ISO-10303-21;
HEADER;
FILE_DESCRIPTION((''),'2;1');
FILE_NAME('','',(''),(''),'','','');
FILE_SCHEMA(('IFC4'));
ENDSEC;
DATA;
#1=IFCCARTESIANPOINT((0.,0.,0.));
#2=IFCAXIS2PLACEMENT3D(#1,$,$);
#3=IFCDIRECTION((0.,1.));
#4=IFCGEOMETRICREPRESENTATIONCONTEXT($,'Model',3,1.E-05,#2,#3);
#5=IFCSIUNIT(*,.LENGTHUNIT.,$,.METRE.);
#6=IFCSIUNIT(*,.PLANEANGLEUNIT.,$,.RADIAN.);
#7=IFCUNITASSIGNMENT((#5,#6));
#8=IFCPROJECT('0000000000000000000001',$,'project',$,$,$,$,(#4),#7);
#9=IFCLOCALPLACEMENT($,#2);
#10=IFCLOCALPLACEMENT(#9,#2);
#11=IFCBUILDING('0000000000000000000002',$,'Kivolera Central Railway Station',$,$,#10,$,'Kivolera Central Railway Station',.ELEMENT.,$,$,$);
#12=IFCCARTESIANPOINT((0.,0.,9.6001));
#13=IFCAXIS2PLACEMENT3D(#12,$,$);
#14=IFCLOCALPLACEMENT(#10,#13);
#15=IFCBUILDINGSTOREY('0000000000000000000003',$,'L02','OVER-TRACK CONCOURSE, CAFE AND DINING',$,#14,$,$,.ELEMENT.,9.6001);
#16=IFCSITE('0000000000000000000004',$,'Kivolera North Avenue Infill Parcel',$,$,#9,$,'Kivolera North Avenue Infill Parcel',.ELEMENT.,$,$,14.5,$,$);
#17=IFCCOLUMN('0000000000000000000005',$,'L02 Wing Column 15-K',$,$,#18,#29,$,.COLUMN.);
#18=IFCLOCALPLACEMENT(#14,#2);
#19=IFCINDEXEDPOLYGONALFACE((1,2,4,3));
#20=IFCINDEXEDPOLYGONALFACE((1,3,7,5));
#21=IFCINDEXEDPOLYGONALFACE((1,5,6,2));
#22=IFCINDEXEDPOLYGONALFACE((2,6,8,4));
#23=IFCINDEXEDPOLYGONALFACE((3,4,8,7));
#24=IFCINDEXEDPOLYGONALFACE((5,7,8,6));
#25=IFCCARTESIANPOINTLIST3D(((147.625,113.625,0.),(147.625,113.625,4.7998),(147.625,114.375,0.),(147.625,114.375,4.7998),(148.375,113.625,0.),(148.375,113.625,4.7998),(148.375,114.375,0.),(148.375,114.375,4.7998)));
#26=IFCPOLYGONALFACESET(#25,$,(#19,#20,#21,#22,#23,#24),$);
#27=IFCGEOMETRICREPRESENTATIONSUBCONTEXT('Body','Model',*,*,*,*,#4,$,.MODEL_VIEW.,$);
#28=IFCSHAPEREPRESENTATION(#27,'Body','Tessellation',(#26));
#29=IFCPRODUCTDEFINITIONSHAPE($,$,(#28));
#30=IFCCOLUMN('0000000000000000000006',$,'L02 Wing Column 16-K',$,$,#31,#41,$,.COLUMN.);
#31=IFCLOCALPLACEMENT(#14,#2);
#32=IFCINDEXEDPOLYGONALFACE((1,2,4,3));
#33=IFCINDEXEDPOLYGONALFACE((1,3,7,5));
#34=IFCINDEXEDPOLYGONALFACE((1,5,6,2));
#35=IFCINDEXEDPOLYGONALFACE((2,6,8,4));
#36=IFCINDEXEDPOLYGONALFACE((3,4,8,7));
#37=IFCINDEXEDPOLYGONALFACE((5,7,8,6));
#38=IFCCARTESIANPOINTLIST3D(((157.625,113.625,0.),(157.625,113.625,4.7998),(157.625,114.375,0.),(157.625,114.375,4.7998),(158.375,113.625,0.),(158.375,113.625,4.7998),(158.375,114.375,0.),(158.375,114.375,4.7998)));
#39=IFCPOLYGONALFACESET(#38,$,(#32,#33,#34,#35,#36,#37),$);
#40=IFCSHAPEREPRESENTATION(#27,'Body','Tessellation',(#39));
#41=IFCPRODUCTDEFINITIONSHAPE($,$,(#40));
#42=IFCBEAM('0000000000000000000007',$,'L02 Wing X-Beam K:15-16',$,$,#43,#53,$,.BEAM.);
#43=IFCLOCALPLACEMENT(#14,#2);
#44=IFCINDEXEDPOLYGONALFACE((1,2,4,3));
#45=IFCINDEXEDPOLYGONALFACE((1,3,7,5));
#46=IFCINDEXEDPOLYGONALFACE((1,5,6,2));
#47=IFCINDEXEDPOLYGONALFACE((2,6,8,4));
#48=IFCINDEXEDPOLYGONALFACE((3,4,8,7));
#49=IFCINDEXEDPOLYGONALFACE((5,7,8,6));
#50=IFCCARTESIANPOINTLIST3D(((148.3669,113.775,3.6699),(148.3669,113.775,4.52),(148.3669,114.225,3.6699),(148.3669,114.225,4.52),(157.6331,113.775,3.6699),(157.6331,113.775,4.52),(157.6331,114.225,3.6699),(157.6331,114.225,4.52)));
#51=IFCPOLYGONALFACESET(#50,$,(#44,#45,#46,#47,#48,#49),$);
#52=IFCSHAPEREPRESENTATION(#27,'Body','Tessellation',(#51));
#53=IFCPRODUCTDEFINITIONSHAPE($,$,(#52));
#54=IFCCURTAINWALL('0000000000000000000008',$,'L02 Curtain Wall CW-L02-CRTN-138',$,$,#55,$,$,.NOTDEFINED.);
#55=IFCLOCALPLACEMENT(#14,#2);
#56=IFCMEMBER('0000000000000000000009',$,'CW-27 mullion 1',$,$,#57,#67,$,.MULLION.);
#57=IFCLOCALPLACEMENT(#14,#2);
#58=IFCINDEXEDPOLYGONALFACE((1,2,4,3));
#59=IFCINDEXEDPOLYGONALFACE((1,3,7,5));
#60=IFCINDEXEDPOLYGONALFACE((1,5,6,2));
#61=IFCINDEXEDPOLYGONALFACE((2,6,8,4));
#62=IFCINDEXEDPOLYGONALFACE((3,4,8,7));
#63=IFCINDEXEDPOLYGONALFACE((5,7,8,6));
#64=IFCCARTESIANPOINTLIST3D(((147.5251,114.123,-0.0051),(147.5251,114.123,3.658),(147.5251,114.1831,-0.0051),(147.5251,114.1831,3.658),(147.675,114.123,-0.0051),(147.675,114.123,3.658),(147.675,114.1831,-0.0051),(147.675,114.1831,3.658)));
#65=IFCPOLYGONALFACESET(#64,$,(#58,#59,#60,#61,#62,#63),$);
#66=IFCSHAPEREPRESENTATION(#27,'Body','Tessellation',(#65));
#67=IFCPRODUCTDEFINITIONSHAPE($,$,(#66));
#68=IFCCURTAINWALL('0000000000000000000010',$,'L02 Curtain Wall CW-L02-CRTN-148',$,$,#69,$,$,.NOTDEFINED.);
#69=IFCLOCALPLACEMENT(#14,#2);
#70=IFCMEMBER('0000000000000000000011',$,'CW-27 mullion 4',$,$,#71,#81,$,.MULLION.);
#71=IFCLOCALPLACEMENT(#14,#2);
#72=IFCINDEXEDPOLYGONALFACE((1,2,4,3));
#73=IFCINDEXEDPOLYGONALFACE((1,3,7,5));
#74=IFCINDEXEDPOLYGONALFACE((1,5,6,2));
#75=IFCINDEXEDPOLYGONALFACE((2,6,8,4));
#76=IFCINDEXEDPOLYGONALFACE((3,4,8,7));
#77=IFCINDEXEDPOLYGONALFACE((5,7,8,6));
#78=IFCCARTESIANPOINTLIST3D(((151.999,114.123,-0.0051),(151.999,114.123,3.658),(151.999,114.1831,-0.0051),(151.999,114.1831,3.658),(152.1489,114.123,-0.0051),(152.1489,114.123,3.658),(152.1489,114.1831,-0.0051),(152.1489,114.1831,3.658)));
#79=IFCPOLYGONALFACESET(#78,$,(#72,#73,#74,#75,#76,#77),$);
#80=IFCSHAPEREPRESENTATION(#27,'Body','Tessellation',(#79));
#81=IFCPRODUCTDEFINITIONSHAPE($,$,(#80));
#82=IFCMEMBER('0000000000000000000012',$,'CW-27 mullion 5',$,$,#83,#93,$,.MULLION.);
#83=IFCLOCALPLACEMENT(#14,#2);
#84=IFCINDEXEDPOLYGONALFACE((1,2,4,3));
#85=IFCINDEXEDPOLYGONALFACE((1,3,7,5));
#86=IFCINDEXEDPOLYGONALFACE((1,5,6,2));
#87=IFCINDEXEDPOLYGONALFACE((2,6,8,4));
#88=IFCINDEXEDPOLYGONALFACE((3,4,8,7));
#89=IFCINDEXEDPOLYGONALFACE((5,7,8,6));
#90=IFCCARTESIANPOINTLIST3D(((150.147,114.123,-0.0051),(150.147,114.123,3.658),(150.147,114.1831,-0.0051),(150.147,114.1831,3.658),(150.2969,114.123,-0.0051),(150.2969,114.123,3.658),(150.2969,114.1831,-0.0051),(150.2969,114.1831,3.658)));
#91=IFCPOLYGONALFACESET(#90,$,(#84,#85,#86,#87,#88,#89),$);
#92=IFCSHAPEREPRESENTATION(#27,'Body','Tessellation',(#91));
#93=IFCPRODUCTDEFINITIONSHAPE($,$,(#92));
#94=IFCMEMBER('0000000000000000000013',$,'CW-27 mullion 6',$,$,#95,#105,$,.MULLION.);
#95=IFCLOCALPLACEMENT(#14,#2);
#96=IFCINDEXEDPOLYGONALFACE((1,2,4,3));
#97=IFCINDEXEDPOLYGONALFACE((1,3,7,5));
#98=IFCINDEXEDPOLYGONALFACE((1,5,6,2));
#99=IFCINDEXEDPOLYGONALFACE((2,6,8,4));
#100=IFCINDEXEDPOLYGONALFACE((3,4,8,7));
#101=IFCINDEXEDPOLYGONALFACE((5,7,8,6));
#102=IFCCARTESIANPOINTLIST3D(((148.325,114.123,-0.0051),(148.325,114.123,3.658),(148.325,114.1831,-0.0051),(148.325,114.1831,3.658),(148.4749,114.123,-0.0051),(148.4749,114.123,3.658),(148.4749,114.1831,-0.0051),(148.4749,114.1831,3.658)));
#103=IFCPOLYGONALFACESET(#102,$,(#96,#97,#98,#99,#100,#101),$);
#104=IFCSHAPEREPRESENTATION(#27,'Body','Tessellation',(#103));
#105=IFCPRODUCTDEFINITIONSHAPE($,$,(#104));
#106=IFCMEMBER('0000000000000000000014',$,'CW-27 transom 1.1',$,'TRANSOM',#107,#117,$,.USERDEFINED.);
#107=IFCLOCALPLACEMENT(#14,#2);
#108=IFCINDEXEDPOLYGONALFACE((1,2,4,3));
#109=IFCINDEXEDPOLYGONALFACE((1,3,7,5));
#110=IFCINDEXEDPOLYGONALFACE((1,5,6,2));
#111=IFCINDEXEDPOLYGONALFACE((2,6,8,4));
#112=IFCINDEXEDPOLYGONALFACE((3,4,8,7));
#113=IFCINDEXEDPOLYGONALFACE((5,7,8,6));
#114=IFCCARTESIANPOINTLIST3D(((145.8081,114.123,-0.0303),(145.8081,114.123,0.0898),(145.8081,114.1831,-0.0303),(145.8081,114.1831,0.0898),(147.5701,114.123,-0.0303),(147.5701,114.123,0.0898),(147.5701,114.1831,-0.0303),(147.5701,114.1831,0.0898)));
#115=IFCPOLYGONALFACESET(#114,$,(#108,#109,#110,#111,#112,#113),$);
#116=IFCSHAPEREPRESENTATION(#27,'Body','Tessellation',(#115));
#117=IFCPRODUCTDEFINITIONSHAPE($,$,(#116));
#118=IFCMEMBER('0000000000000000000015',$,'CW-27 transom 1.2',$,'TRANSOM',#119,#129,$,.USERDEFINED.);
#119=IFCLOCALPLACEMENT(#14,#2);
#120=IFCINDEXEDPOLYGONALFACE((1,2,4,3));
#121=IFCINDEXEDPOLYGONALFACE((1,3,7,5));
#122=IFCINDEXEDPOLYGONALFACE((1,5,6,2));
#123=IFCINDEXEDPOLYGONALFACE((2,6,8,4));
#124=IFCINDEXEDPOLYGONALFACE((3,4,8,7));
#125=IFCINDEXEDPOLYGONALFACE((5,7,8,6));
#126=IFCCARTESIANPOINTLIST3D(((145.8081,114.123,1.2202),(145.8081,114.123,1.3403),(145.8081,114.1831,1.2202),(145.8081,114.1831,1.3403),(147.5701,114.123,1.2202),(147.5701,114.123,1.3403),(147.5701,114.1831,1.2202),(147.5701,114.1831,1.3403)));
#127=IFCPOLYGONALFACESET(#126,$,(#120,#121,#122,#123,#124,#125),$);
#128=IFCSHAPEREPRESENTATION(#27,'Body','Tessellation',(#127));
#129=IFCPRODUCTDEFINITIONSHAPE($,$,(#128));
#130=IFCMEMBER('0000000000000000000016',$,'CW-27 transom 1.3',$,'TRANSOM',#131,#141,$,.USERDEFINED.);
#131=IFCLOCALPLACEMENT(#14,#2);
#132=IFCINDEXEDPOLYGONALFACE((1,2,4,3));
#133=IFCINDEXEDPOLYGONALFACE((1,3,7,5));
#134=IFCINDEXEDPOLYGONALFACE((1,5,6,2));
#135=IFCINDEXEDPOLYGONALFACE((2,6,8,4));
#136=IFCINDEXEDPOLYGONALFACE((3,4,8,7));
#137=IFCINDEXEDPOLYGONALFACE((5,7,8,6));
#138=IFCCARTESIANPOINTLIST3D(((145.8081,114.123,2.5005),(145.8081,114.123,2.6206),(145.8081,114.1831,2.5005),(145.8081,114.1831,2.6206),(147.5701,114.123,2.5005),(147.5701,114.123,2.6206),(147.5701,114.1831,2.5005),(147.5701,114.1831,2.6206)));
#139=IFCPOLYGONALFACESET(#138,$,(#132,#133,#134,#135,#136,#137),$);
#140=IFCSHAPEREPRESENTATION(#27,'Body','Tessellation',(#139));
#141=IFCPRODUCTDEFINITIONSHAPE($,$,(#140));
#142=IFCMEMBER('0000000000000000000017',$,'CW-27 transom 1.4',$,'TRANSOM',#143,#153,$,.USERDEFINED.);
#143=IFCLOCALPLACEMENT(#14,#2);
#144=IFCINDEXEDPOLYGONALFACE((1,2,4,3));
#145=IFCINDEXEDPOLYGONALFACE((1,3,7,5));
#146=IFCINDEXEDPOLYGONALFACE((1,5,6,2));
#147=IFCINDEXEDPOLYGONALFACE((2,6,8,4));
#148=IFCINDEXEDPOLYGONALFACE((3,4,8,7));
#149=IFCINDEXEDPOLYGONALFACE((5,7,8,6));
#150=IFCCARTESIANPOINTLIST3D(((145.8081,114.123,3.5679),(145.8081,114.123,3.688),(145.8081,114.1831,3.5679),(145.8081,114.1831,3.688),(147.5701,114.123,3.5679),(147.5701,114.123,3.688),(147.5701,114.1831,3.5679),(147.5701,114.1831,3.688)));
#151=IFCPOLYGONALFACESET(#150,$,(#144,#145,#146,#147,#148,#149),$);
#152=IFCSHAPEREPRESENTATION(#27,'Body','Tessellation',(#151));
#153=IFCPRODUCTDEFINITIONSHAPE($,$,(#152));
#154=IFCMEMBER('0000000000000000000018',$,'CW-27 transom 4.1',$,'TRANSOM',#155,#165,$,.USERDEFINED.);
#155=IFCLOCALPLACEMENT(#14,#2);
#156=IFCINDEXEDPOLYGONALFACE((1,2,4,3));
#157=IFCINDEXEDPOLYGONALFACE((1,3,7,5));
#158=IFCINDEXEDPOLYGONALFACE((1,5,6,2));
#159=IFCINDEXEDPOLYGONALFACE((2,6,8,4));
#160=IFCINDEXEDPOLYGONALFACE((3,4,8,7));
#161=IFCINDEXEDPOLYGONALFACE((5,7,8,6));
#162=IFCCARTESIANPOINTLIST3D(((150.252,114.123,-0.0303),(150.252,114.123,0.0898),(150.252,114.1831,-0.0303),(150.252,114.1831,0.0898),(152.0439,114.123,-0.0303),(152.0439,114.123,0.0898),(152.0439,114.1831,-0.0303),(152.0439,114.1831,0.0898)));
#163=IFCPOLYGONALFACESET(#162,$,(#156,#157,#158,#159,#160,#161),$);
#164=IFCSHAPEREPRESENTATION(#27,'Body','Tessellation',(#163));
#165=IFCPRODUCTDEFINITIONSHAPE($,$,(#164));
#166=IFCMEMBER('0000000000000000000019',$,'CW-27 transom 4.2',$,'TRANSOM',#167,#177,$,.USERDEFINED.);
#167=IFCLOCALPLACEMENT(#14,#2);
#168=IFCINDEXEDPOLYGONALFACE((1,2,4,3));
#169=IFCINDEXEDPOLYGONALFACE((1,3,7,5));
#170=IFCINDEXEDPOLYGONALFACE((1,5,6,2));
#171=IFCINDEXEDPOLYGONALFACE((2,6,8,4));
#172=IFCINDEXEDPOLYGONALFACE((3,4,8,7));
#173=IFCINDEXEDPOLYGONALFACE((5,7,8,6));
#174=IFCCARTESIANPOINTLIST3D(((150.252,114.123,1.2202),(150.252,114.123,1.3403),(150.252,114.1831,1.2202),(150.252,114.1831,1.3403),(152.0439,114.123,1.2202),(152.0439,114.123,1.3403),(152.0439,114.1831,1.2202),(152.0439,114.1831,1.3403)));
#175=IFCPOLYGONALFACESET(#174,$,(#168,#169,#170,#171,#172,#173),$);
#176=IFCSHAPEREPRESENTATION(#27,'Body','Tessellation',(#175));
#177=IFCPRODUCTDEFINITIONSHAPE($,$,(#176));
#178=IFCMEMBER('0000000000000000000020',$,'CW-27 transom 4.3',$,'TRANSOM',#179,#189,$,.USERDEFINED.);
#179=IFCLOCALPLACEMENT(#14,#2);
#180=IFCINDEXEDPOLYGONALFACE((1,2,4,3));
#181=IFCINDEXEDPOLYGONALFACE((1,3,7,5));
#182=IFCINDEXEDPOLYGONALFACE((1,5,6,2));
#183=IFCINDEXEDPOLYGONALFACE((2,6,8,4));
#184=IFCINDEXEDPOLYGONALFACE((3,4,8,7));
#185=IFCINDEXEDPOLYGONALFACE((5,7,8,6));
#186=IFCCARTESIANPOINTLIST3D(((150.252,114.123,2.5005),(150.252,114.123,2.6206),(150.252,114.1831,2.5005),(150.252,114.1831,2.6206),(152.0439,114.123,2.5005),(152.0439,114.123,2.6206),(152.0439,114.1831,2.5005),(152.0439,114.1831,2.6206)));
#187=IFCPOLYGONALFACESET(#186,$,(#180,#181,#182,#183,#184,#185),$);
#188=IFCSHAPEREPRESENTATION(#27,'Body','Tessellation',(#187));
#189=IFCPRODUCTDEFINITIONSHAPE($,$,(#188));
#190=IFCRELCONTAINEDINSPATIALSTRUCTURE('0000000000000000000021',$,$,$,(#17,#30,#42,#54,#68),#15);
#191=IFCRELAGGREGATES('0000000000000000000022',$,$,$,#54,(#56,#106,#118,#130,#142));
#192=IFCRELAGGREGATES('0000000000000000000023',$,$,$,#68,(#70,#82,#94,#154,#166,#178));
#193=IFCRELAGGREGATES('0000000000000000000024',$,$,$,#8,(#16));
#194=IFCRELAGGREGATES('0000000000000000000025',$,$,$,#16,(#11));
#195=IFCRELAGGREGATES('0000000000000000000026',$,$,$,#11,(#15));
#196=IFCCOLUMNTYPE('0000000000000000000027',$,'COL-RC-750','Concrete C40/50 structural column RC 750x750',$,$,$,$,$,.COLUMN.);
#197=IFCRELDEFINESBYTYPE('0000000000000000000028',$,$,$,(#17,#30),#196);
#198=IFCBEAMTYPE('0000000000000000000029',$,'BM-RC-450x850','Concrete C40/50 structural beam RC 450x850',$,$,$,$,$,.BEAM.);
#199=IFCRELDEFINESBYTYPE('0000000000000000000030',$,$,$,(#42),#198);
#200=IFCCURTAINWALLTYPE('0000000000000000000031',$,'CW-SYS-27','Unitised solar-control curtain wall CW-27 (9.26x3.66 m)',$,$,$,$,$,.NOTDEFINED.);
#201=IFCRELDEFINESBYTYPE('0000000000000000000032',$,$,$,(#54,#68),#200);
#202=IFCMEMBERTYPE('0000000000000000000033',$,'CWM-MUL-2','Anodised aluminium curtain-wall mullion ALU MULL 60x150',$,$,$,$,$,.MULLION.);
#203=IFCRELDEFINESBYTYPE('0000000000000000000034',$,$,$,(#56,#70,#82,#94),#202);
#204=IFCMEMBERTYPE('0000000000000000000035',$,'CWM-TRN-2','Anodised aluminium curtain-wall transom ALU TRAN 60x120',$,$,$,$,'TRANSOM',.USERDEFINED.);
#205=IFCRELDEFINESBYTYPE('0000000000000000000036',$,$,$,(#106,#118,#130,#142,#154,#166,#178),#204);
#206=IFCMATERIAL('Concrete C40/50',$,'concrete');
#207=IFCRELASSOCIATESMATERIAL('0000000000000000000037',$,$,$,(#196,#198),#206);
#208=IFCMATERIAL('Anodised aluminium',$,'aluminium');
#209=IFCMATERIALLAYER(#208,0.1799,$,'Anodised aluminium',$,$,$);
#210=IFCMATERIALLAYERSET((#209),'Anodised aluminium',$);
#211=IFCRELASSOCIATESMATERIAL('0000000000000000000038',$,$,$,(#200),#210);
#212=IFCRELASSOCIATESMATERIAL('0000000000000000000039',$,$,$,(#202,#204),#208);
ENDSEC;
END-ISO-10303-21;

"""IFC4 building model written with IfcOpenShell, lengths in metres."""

from ifc_helpers import new_model, si_unit, direction, frame, origin, origin_2d, place, context, subcontext, project, spatial, rectangle, extrude, material, layer, layer_set, material_profile, profile_set, type_object, element, aggregate, save


model = new_model("IFC4")

# Units and contexts
model_context = context("Model", 3, precision=1e-05, world=origin(), true_north=direction((0.0, 1.0)))
body_context = subcontext(model_context, "Body", "Model", "MODEL_VIEW")
ifc_project = project(units=[si_unit("LENGTHUNIT", "METRE"), si_unit("PLANEANGLEUNIT", "RADIAN")], contexts=[model_context])

# Site, building, storey
site_placement = place(None, origin())
site = spatial("IfcSite", under=ifc_project, at=site_placement, Name="Kivolera North Avenue Infill Parcel", LongName="Kivolera North Avenue Infill Parcel", CompositionType="ELEMENT", RefElevation=14.5)
building_placement = place(site_placement, origin())
building = spatial("IfcBuilding", under=site, at=building_placement, Name="Kivolera Central Railway Station", LongName="Kivolera Central Railway Station", CompositionType="ELEMENT")
storey_placement = place(building_placement, frame((0.0, 0.0, 9.6001)))
storey = spatial("IfcBuildingStorey", under=building, at=storey_placement, Name="L02", Description="OVER-TRACK CONCOURSE, CAFE AND DINING", CompositionType="ELEMENT", Elevation=9.6001)

# Columns
ifc_material_1 = material(Name="Concrete C40/50", Category="concrete")
ifc_material_profile_1 = material_profile(ifc_material_1, rectangle(XDim=0.75, YDim=0.75, at=origin_2d()), Name="RC 750x750")
ifc_profile_set_1 = profile_set([ifc_material_profile_1], Name="Concrete C40/50")
column_type = type_object("IfcColumnType", Name="COL-RC-750", Description="Concrete C40/50 structural column RC 750x750", PredefinedType="COLUMN", material=ifc_profile_set_1)
for number, where, z_axis, x_axis, name in (
    (1, (148.0, 114.0, 0.0), (0.0, 0.0, 1.0), (1.0, 0.0, 0.0), "L02 Wing Column 15-K"),
    (2, (158.0, 114.0, 0.0), (0.0, 0.0, 1.0), (1.0, 0.0, 0.0), "L02 Wing Column 16-K"),
):
    element("IfcColumn", number, at=place(storey_placement, frame(where, z_axis=z_axis, x_axis=x_axis)), inside=storey, type_object=column_type, Name=name, PredefinedType="COLUMN", context=body_context, shape_type="SweptSolid", body=[
        extrude(rectangle(XDim=0.75, YDim=0.75, at=origin_2d()), origin(), (0.0, 0.0, 1.0), 4.7998),
    ])

# Beam
ifc_material_profile_2 = material_profile(ifc_material_1, rectangle(XDim=0.45, YDim=0.8501, at=origin_2d()), Name="RC 450x850")
ifc_profile_set_2 = profile_set([ifc_material_profile_2], Name="Concrete C40/50")
beam_type = type_object("IfcBeamType", Name="BM-RC-450x850", Description="Concrete C40/50 structural beam RC 450x850", PredefinedType="BEAM", material=ifc_profile_set_2)
beam_placement = place(storey_placement, frame((148.3669, 114.0, 4.095), z_axis=(1.0, 0.0, 0.0), x_axis=(0.0, 1.0, 0.0)))
element("IfcBeam", 3, at=beam_placement, inside=storey, type_object=beam_type, Name="L02 Wing X-Beam K:15-16", PredefinedType="BEAM", context=body_context, shape_type="SweptSolid", body=[
    extrude(rectangle(XDim=0.45, YDim=0.8501, at=origin_2d()), origin(), (0.0, 0.0, 1.0), 9.2661),
])

# Curtain wall, member
ifc_material_2 = material(Name="Anodised aluminium", Category="aluminium")
ifc_layer_1 = layer(ifc_material_2, 0.1799, Name="Anodised aluminium")
ifc_layer_set_1 = layer_set([ifc_layer_1], Name="Anodised aluminium")
curtain_wall_type = type_object("IfcCurtainWallType", Name="CW-SYS-27", Description="Unitised solar-control curtain wall CW-27 (9.26x3.66 m)", PredefinedType="NOTDEFINED", material=ifc_layer_set_1)
curtain_wall_1_placement = place(storey_placement, origin())
curtain_wall_1 = element("IfcCurtainWall", 4, at=curtain_wall_1_placement, inside=storey, type_object=curtain_wall_type, Name="L02 Curtain Wall CW-L02-CRTN-138", PredefinedType="NOTDEFINED")
ifc_material_profile_3 = material_profile(ifc_material_2, rectangle(XDim=0.0601, YDim=0.1499, at=origin_2d()), Name="ALU MULL 60x150")
ifc_profile_set_3 = profile_set([ifc_material_profile_3], Name="Anodised aluminium")
member_type_1 = type_object("IfcMemberType", Name="CWM-MUL-2", Description="Anodised aluminium curtain-wall mullion ALU MULL 60x150", PredefinedType="MULLION", material=ifc_profile_set_3)
member_1_placement = place(storey_placement, frame((147.6001, 114.1531, -0.0051), z_axis=(0.0, 0.0, 1.0), x_axis=(0.0, -1.0, 0.0)))
member_1 = element("IfcMember", 5, at=member_1_placement, type_object=member_type_1, Name="CW-27 mullion 1", PredefinedType="MULLION", context=body_context, shape_type="SweptSolid", body=[
    extrude(rectangle(XDim=0.0601, YDim=0.1499, at=origin_2d()), origin(), (0.0, 0.0, 1.0), 3.6631),
])

# Curtain wall, members
curtain_wall_2_placement = place(storey_placement, origin())
curtain_wall_2 = element("IfcCurtainWall", 6, at=curtain_wall_2_placement, inside=storey, type_object=curtain_wall_type, Name="L02 Curtain Wall CW-L02-CRTN-148", PredefinedType="NOTDEFINED")
member_2_placement = place(storey_placement, frame((152.074, 114.1531, -0.0051), z_axis=(0.0, 0.0, 1.0), x_axis=(0.0, -1.0, 0.0)))
member_2 = element("IfcMember", 7, at=member_2_placement, type_object=member_type_1, Name="CW-27 mullion 4", PredefinedType="MULLION", context=body_context, shape_type="SweptSolid", body=[
    extrude(rectangle(XDim=0.0601, YDim=0.1499, at=origin_2d()), origin(), (0.0, 0.0, 1.0), 3.6631),
])
member_3_placement = place(storey_placement, frame((150.2219, 114.1531, -0.0051), z_axis=(0.0, 0.0, 1.0), x_axis=(0.0, -1.0, 0.0)))
member_3 = element("IfcMember", 8, at=member_3_placement, type_object=member_type_1, Name="CW-27 mullion 5", PredefinedType="MULLION", context=body_context, shape_type="SweptSolid", body=[
    extrude(rectangle(XDim=0.0601, YDim=0.1499, at=origin_2d()), origin(), (0.0, 0.0, 1.0), 3.6631),
])
member_4_placement = place(storey_placement, frame((148.3999, 114.1531, -0.0051), z_axis=(0.0, 0.0, 1.0), x_axis=(0.0, -1.0, 0.0)))
member_4 = element("IfcMember", 9, at=member_4_placement, type_object=member_type_1, Name="CW-27 mullion 6", PredefinedType="MULLION", context=body_context, shape_type="SweptSolid", body=[
    extrude(rectangle(XDim=0.0601, YDim=0.1499, at=origin_2d()), origin(), (0.0, 0.0, 1.0), 3.6631),
])

# Members
ifc_material_profile_4 = material_profile(ifc_material_2, rectangle(XDim=0.0601, YDim=0.1201, at=origin_2d()), Name="ALU TRAN 60x120")
ifc_profile_set_4 = profile_set([ifc_material_profile_4], Name="Anodised aluminium")
member_type_2 = type_object("IfcMemberType", Name="CWM-TRN-2", Description="Anodised aluminium curtain-wall transom ALU TRAN 60x120", ElementType="TRANSOM", PredefinedType="USERDEFINED", material=ifc_profile_set_4)
member_5_placement = place(storey_placement, frame((147.5701, 114.1531, 0.0298), z_axis=(-1.0, 0.0, 0.0), x_axis=(0.0, -1.0, 0.0)))
member_5 = element("IfcMember", 10, at=member_5_placement, type_object=member_type_2, Name="CW-27 transom 1.1", ObjectType="TRANSOM", PredefinedType="USERDEFINED", context=body_context, shape_type="SweptSolid", body=[
    extrude(rectangle(XDim=0.0601, YDim=0.1201, at=origin_2d()), origin(), (0.0, 0.0, 1.0), 1.762),
])
member_6_placement = place(storey_placement, frame((147.5701, 114.1531, 1.2803), z_axis=(-1.0, 0.0, 0.0), x_axis=(0.0, -1.0, 0.0)))
member_6 = element("IfcMember", 11, at=member_6_placement, type_object=member_type_2, Name="CW-27 transom 1.2", ObjectType="TRANSOM", PredefinedType="USERDEFINED", context=body_context, shape_type="SweptSolid", body=[
    extrude(rectangle(XDim=0.0601, YDim=0.1201, at=origin_2d()), origin(), (0.0, 0.0, 1.0), 1.762),
])
member_7_placement = place(storey_placement, frame((147.5701, 114.1531, 2.5605), z_axis=(-1.0, 0.0, 0.0), x_axis=(0.0, -1.0, 0.0)))
member_7 = element("IfcMember", 12, at=member_7_placement, type_object=member_type_2, Name="CW-27 transom 1.3", ObjectType="TRANSOM", PredefinedType="USERDEFINED", context=body_context, shape_type="SweptSolid", body=[
    extrude(rectangle(XDim=0.0601, YDim=0.1201, at=origin_2d()), origin(), (0.0, 0.0, 1.0), 1.762),
])
member_8_placement = place(storey_placement, frame((147.5701, 114.1531, 3.6279), z_axis=(-1.0, 0.0, 0.0), x_axis=(0.0, -1.0, 0.0)))
member_8 = element("IfcMember", 13, at=member_8_placement, type_object=member_type_2, Name="CW-27 transom 1.4", ObjectType="TRANSOM", PredefinedType="USERDEFINED", context=body_context, shape_type="SweptSolid", body=[
    extrude(rectangle(XDim=0.0601, YDim=0.1201, at=origin_2d()), origin(), (0.0, 0.0, 1.0), 1.762),
])
member_9_placement = place(storey_placement, frame((152.0439, 114.1531, 0.0298), z_axis=(-1.0, 0.0, 0.0), x_axis=(0.0, -1.0, 0.0)))
member_9 = element("IfcMember", 14, at=member_9_placement, type_object=member_type_2, Name="CW-27 transom 4.1", ObjectType="TRANSOM", PredefinedType="USERDEFINED", context=body_context, shape_type="SweptSolid", body=[
    extrude(rectangle(XDim=0.0601, YDim=0.1201, at=origin_2d()), origin(), (0.0, 0.0, 1.0), 1.792),
])
member_10_placement = place(storey_placement, frame((152.0439, 114.1531, 1.2803), z_axis=(-1.0, 0.0, 0.0), x_axis=(0.0, -1.0, 0.0)))
member_10 = element("IfcMember", 15, at=member_10_placement, type_object=member_type_2, Name="CW-27 transom 4.2", ObjectType="TRANSOM", PredefinedType="USERDEFINED", context=body_context, shape_type="SweptSolid", body=[
    extrude(rectangle(XDim=0.0601, YDim=0.1201, at=origin_2d()), origin(), (0.0, 0.0, 1.0), 1.792),
])
member_11_placement = place(storey_placement, frame((152.0439, 114.1531, 2.5605), z_axis=(-1.0, 0.0, 0.0), x_axis=(0.0, -1.0, 0.0)))
member_11 = element("IfcMember", 16, at=member_11_placement, type_object=member_type_2, Name="CW-27 transom 4.3", ObjectType="TRANSOM", PredefinedType="USERDEFINED", context=body_context, shape_type="SweptSolid", body=[
    extrude(rectangle(XDim=0.0601, YDim=0.1201, at=origin_2d()), origin(), (0.0, 0.0, 1.0), 1.792),
])

aggregate(curtain_wall_1, [member_1, member_5, member_6, member_7, member_8])
aggregate(curtain_wall_2, [member_2, member_3, member_4, member_9, member_10, member_11])

save(model, "model.ifc")
